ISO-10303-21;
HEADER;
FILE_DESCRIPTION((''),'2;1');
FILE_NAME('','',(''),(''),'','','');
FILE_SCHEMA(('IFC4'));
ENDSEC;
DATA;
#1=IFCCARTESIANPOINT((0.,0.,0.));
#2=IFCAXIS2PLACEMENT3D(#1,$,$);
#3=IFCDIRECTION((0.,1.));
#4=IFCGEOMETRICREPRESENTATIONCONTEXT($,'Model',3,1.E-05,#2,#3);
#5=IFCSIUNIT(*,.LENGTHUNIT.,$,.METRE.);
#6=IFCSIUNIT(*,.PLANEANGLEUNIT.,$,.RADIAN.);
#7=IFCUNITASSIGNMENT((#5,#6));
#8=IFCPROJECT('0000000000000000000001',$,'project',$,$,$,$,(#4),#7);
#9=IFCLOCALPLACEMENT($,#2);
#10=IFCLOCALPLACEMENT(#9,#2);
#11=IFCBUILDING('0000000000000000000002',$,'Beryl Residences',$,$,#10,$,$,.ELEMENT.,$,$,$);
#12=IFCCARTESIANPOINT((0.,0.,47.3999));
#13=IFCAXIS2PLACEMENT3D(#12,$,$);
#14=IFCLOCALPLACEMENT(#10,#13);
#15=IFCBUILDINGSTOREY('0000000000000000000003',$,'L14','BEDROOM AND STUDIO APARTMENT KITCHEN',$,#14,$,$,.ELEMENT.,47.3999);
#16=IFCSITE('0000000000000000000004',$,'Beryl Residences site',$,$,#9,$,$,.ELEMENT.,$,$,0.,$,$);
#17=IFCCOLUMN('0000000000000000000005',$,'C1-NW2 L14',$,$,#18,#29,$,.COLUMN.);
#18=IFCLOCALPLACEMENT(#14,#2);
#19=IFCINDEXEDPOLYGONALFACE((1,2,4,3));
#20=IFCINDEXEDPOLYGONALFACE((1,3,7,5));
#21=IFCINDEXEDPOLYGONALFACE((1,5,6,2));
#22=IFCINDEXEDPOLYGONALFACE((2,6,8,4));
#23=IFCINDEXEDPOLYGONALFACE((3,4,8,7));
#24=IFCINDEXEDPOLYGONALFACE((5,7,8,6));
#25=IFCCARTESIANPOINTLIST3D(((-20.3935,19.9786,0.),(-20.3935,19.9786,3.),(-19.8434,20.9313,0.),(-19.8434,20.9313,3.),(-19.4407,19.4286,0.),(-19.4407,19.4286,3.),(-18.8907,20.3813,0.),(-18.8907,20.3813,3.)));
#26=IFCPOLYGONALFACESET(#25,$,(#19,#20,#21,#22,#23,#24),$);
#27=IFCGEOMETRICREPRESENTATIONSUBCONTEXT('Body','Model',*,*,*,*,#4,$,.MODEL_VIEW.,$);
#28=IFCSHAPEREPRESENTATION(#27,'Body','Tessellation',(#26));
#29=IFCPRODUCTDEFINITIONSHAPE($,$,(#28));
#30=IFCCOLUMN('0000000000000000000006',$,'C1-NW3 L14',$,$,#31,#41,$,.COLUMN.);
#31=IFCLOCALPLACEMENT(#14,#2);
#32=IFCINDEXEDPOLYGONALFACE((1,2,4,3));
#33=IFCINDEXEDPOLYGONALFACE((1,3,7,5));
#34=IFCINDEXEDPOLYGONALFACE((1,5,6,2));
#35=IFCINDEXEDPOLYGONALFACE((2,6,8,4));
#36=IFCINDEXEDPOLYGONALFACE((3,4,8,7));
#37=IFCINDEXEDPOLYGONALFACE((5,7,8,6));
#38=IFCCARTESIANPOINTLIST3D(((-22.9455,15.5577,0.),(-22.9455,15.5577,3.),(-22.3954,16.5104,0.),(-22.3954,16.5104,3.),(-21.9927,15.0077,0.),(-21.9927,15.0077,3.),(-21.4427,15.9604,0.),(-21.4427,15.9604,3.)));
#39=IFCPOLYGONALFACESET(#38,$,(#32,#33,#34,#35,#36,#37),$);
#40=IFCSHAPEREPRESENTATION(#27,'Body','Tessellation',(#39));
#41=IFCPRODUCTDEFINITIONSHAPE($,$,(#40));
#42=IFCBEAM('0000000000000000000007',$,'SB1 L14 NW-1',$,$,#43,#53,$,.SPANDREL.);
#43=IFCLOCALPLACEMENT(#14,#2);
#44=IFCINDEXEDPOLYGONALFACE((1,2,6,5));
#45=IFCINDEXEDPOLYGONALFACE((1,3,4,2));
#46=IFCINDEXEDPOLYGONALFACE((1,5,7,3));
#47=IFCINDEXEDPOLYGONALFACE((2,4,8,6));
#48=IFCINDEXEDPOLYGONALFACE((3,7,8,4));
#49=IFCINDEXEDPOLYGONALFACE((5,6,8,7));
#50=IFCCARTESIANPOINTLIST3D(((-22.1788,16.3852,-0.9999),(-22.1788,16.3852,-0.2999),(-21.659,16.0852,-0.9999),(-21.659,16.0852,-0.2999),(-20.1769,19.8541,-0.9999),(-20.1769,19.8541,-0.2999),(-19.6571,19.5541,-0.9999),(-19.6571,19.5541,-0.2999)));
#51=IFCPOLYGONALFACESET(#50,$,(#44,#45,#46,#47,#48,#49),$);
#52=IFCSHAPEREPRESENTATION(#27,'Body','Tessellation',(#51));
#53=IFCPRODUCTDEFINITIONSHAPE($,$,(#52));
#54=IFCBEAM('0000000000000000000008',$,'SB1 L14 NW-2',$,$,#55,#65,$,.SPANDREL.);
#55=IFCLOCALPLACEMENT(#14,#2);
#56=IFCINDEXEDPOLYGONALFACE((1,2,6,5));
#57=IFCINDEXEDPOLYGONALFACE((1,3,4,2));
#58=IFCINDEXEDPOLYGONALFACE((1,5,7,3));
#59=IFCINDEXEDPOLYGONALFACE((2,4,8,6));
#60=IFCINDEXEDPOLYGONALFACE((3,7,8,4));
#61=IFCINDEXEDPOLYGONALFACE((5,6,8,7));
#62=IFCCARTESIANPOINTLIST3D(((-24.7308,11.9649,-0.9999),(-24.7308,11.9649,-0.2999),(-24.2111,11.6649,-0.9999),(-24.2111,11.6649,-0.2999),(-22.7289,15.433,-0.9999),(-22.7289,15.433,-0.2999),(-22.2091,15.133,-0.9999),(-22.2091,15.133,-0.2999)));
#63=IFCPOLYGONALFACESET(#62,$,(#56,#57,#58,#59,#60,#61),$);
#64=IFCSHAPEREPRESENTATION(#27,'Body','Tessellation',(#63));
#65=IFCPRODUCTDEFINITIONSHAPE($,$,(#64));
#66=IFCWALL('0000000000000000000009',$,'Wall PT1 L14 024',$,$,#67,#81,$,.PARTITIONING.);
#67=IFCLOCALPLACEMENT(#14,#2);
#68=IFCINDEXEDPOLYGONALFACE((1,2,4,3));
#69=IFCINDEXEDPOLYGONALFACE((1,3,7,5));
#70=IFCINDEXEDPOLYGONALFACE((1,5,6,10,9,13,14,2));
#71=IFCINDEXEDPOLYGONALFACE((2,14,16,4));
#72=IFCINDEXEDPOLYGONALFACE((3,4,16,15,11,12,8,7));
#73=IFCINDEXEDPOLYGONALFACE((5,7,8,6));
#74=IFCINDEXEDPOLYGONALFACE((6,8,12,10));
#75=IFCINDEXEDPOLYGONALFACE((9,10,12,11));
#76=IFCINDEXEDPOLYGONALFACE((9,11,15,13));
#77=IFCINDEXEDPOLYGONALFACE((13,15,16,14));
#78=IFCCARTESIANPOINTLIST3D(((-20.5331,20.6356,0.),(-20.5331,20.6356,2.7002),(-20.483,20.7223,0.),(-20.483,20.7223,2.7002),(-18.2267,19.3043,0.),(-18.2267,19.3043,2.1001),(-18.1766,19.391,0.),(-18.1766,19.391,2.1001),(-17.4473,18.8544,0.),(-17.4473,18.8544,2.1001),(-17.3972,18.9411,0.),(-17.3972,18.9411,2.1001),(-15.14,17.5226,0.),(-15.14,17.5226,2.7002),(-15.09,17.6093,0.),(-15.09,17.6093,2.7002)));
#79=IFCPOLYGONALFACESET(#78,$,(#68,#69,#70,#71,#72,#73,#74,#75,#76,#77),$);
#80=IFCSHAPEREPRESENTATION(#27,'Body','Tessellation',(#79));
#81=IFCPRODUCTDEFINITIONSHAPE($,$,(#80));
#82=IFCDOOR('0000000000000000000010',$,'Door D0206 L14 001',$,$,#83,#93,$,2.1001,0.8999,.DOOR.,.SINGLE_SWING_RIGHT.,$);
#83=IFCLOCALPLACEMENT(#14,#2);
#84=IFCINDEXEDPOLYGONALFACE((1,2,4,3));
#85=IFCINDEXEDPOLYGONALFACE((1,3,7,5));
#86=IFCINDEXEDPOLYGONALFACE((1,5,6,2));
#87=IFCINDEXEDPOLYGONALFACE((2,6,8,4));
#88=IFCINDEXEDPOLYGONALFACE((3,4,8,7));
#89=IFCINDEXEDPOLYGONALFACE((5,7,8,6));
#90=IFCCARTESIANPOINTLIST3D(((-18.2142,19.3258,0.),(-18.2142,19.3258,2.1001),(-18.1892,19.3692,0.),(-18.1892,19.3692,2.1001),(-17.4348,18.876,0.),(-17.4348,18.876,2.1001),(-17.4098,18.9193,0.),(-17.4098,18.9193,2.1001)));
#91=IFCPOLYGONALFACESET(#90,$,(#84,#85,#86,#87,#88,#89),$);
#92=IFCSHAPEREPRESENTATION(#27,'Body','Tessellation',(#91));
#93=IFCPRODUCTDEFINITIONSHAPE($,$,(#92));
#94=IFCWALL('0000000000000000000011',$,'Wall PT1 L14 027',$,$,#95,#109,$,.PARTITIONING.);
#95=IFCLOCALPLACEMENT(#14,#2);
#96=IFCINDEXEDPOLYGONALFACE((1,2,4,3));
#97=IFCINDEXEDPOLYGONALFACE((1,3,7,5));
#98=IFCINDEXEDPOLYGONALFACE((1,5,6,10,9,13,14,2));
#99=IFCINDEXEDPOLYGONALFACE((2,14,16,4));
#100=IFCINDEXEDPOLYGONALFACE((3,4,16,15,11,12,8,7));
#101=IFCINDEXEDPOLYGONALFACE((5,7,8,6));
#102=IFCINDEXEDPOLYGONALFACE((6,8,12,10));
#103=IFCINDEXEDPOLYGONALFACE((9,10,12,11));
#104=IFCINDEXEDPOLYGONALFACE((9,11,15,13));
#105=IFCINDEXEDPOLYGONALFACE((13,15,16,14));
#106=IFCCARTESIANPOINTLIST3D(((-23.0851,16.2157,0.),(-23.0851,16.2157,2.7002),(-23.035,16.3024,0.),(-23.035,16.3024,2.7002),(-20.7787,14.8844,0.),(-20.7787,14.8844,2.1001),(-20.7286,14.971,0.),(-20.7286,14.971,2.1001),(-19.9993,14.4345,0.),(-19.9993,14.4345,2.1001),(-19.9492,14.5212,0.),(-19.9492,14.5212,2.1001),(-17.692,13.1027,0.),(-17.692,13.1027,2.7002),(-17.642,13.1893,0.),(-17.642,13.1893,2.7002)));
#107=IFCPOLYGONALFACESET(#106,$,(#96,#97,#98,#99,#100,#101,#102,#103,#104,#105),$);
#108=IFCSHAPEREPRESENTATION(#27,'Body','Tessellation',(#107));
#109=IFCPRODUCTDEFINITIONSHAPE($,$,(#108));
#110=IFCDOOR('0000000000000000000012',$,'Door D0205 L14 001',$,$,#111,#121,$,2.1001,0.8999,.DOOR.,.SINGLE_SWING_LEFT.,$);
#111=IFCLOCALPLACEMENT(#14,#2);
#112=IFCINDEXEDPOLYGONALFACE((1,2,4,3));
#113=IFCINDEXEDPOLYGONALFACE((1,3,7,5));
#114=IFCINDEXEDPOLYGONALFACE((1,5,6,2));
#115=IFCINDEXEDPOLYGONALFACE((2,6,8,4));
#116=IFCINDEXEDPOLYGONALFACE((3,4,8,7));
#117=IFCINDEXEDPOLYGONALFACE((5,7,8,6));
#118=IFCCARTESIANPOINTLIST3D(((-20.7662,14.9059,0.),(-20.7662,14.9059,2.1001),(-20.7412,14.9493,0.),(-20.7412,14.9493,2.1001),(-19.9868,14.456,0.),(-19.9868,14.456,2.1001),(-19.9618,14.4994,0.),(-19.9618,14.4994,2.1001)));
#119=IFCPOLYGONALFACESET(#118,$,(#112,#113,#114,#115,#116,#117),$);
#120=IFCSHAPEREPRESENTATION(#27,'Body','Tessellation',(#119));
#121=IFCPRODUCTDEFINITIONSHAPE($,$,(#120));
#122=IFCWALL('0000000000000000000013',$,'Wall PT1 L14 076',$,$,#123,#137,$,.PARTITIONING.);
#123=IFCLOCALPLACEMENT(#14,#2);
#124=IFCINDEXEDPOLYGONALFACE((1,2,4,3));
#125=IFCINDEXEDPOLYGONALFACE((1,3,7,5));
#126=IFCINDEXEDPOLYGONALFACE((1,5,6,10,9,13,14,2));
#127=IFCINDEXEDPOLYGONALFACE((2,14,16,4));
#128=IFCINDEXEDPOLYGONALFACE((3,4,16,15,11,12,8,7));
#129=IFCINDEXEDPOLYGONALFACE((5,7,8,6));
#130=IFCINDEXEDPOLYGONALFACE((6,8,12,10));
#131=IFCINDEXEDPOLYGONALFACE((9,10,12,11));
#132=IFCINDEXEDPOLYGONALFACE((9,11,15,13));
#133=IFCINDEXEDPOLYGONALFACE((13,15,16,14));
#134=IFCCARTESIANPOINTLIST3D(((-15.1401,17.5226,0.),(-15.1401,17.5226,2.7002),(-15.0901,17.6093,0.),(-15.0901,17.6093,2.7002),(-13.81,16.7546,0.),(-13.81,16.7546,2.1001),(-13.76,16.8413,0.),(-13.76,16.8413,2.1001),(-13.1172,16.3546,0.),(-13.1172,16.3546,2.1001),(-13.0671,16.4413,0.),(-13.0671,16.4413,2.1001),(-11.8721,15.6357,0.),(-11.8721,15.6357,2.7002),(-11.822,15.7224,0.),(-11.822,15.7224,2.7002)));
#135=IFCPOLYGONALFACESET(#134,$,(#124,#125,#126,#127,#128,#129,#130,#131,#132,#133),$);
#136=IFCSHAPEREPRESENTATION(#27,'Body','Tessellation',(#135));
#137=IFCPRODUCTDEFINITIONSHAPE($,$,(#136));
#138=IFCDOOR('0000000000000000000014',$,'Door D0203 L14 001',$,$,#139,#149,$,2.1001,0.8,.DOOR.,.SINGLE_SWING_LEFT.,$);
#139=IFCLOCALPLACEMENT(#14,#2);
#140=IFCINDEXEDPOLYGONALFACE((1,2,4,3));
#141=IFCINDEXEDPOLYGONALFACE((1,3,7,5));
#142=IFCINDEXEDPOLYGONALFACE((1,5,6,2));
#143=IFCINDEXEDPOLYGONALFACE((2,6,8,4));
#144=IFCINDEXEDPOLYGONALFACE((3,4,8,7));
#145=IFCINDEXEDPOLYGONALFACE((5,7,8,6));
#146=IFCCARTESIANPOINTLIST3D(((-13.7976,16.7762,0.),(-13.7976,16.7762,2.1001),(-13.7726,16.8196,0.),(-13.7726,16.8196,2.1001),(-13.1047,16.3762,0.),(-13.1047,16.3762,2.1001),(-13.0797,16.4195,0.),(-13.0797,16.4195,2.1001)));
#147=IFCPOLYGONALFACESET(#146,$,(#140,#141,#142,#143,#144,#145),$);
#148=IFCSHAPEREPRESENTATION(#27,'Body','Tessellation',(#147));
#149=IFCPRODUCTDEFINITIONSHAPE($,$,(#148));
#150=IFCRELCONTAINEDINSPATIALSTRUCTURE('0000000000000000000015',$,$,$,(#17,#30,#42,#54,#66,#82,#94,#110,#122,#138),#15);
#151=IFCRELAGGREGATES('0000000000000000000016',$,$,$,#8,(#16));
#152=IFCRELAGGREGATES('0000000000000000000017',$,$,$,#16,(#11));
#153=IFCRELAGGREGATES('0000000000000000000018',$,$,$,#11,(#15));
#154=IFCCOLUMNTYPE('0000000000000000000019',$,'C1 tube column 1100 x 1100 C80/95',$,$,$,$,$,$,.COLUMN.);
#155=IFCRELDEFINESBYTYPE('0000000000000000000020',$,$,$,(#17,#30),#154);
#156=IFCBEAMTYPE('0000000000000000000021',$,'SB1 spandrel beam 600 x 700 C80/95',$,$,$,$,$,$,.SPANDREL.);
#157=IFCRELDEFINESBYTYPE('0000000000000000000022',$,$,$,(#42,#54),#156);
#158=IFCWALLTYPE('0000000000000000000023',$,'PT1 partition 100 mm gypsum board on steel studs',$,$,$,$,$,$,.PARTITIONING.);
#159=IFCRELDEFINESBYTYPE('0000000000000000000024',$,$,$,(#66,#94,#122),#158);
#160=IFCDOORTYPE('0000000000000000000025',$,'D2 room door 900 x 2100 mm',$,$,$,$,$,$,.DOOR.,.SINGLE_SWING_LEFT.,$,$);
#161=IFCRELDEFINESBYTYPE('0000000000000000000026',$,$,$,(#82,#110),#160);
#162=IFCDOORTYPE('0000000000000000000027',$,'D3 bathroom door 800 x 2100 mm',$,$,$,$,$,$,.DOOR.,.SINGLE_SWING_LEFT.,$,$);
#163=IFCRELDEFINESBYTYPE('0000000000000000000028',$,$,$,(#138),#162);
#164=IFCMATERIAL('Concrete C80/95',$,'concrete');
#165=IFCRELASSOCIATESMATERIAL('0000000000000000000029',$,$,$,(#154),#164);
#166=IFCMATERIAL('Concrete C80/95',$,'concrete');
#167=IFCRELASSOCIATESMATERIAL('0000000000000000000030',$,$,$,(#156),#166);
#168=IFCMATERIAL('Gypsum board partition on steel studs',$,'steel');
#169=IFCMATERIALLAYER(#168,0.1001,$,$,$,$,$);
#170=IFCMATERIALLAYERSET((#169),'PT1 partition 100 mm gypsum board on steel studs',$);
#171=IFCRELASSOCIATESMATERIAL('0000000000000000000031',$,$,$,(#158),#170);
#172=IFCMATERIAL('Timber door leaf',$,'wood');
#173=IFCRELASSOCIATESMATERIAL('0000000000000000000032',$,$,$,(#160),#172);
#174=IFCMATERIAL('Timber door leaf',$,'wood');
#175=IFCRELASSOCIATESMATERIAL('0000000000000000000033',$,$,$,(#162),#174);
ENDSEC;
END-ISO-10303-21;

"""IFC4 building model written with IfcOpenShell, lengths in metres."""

from ifc_helpers import new_model, si_unit, direction, frame, frame_2d, origin, origin_2d, place, context, subcontext, project, spatial, rectangle, extrude, material, layer, layer_set, material_profile, profile_set, type_object, element, fill, save


model = new_model("IFC4")

# Units and contexts
model_context = context("Model", 3, precision=1e-05, world=origin(), true_north=direction((0.0, 1.0)))
body_context = subcontext(model_context, "Body", "Model", "MODEL_VIEW")
ifc_project = project(units=[si_unit("LENGTHUNIT", "METRE"), si_unit("PLANEANGLEUNIT", "RADIAN")], contexts=[model_context])

# Site, building, storey
site_placement = place(None, origin())
site = spatial("IfcSite", under=ifc_project, at=site_placement, Name="Beryl Residences site", CompositionType="ELEMENT", RefElevation=0.0)
building_placement = place(site_placement, origin())
building = spatial("IfcBuilding", under=site, at=building_placement, Name="Beryl Residences", CompositionType="ELEMENT")
storey_placement = place(building_placement, frame((0.0, 0.0, 47.3999)))
storey = spatial("IfcBuildingStorey", under=building, at=storey_placement, Name="L14", Description="BEDROOM AND STUDIO APARTMENT KITCHEN", CompositionType="ELEMENT", Elevation=47.3999)

# Columns
ifc_material_1 = material(Name="Concrete C80/95", Category="concrete")
ifc_material_profile_1 = material_profile(ifc_material_1, rectangle(XDim=1.1001, YDim=1.1001, at=origin_2d()))
ifc_profile_set_1 = profile_set([ifc_material_profile_1], Name="Concrete C80/95")
column_type = type_object("IfcColumnType", Name="C1 tube column 1100 x 1100 C80/95", PredefinedType="COLUMN", material=ifc_profile_set_1)
for number, where, z_axis, x_axis, name in (
    (1, (-19.6421, 20.1799, 0.0), (0.0, 0.0, 1.0), (-0.499985, -0.866034, 0.0), "C1-NW2 L14"),
    (2, (-22.1941, 15.759, 0.0), (0.0, 0.0, 1.0), (-0.499985, -0.866034, 0.0), "C1-NW3 L14"),
):
    element("IfcColumn", number, at=place(storey_placement, frame(where, z_axis=z_axis, x_axis=x_axis)), inside=storey, type_object=column_type, Name=name, PredefinedType="COLUMN", context=body_context, shape_type="SweptSolid", body=[
        extrude(rectangle(XDim=1.1001, YDim=1.1001, at=origin_2d()), origin(), (0.0, 0.0, 1.0), 3.0),
    ])

# Beams
ifc_material_2 = material(Name="Concrete C80/95", Category="concrete")
ifc_material_profile_2 = material_profile(ifc_material_2, rectangle(XDim=0.6001, YDim=0.7, at=origin_2d()))
ifc_profile_set_2 = profile_set([ifc_material_profile_2], Name="Concrete C80/95")
beam_type = type_object("IfcBeamType", Name="SB1 spandrel beam 600 x 700 C80/95", PredefinedType="SPANDREL", material=ifc_profile_set_2)
beam_1_placement = place(storey_placement, frame((-19.917, 19.7041, -0.6499), z_axis=(-0.499837, -0.86612, 0.0), x_axis=(0.86612, -0.499837, 0.0)))
element("IfcBeam", 3, at=beam_1_placement, inside=storey, type_object=beam_type, Name="SB1 L14 NW-1", PredefinedType="SPANDREL", context=body_context, shape_type="SweptSolid", body=[
    extrude(rectangle(XDim=0.6001, YDim=0.7, at=origin_2d()), origin(), (0.0, 0.0, 1.0), 4.0051),
])
beam_2_placement = place(storey_placement, frame((-22.469, 15.283, -0.6499), z_axis=(-0.499942, -0.866059, 0.0), x_axis=(0.866059, -0.499942, 0.0)))
element("IfcBeam", 4, at=beam_2_placement, inside=storey, type_object=beam_type, Name="SB1 L14 NW-2", PredefinedType="SPANDREL", context=body_context, shape_type="SweptSolid", body=[
    extrude(rectangle(XDim=0.6001, YDim=0.7, at=origin_2d()), origin(), (0.0, 0.0, 1.0), 4.0044),
])

# Walls, openings, doors
ifc_material_3 = material(Name="Gypsum board partition on steel studs", Category="steel")
ifc_layer = layer(ifc_material_3, 0.1001)
ifc_layer_set = layer_set([ifc_layer], Name="PT1 partition 100 mm gypsum board on steel studs")
wall_type = type_object("IfcWallType", Name="PT1 partition 100 mm gypsum board on steel studs", PredefinedType="PARTITIONING", material=ifc_layer_set)
wall_1_placement = place(storey_placement, frame((-20.5081, 20.679, 0.0), z_axis=(0.0, 0.0, 1.0), x_axis=(0.866071, -0.499922, 0.0)))
wall_1 = element("IfcWall", 5, at=wall_1_placement, inside=storey, type_object=wall_type, Name="Wall PT1 L14 024", PredefinedType="PARTITIONING", context=body_context, shape_type="SweptSolid", body=[
    extrude(rectangle(XDim=6.2271, YDim=0.1001, at=frame_2d((3.1135, 0.0))), origin(), (0.0, 0.0, 1.0), 2.7002),
])
opening_1_placement = place(wall_1_placement, frame((2.6631, 0.0, 0.0)))
opening_1 = element("IfcOpeningElement", 6, at=opening_1_placement, cuts=wall_1, PredefinedType="OPENING", context=body_context, shape_type="SweptSolid", body=[
    extrude(rectangle(XDim=0.8999, YDim=2.1001, at=frame_2d((0.45, 1.05))), frame((0.0, 0.0601, 0.0), z_axis=(0.0, -1.0, 0.0), x_axis=(1.0, 0.0, 0.0)), (0.0, 0.0, 1.0), 0.1201),
])
ifc_material_4 = material(Name="Timber door leaf", Category="wood")
door_type_1 = type_object("IfcDoorType", Name="D2 room door 900 x 2100 mm", OperationType="SINGLE_SWING_LEFT", PredefinedType="DOOR", material=ifc_material_4)
door_1_placement = place(opening_1_placement, origin())
door_1 = element("IfcDoor", 7, at=door_1_placement, inside=storey, type_object=door_type_1, Name="Door D0206 L14 001", OperationType="SINGLE_SWING_RIGHT", OverallHeight=2.1001, OverallWidth=0.8999, PredefinedType="DOOR", context=body_context, shape_type="SweptSolid", body=[
    extrude(rectangle(XDim=0.8999, YDim=2.1001, at=frame_2d((0.45, 1.05))), frame((0.0, 0.0249, 0.0), z_axis=(0.0, -1.0, 0.0), x_axis=(1.0, 0.0, 0.0)), (0.0, 0.0, 1.0), 0.05),
])
fill(opening_1, door_1)
wall_2_placement = place(storey_placement, frame((-23.0601, 16.259, 0.0), z_axis=(0.0, 0.0, 1.0), x_axis=(0.866071, -0.499922, 0.0)))
wall_2 = element("IfcWall", 8, at=wall_2_placement, inside=storey, type_object=wall_type, Name="Wall PT1 L14 027", PredefinedType="PARTITIONING", context=body_context, shape_type="SweptSolid", body=[
    extrude(rectangle(XDim=6.2271, YDim=0.1001, at=frame_2d((3.1135, 0.0))), origin(), (0.0, 0.0, 1.0), 2.7002),
])
opening_2_placement = place(wall_2_placement, frame((2.6631, 0.0, 0.0)))
opening_2 = element("IfcOpeningElement", 9, at=opening_2_placement, cuts=wall_2, PredefinedType="OPENING", context=body_context, shape_type="SweptSolid", body=[
    extrude(rectangle(XDim=0.8999, YDim=2.1001, at=frame_2d((0.45, 1.05))), frame((0.0, 0.0601, 0.0), z_axis=(0.0, -1.0, 0.0), x_axis=(1.0, 0.0, 0.0)), (0.0, 0.0, 1.0), 0.1201),
])
door_2_placement = place(opening_2_placement, origin())
door_2 = element("IfcDoor", 10, at=door_2_placement, inside=storey, type_object=door_type_1, Name="Door D0205 L14 001", OperationType="SINGLE_SWING_LEFT", OverallHeight=2.1001, OverallWidth=0.8999, PredefinedType="DOOR", context=body_context, shape_type="SweptSolid", body=[
    extrude(rectangle(XDim=0.8999, YDim=2.1001, at=frame_2d((0.45, 1.05))), frame((0.0, 0.0249, 0.0), z_axis=(0.0, -1.0, 0.0), x_axis=(1.0, 0.0, 0.0)), (0.0, 0.0, 1.0), 0.05),
])
fill(opening_2, door_2)
wall_3_placement = place(storey_placement, frame((-15.115, 17.5659, 0.0), z_axis=(0.0, 0.0, 1.0), x_axis=(0.866009, -0.500029, 0.0)))
wall_3 = element("IfcWall", 11, at=wall_3_placement, inside=storey, type_object=wall_type, Name="Wall PT1 L14 076", PredefinedType="PARTITIONING", context=body_context, shape_type="SweptSolid", body=[
    extrude(rectangle(XDim=3.7737, YDim=0.1001, at=frame_2d((1.8867, 0.0))), origin(), (0.0, 0.0, 1.0), 2.7002),
])
opening_3_placement = place(wall_3_placement, frame((1.5359, 0.0, 0.0)))
opening_3 = element("IfcOpeningElement", 12, at=opening_3_placement, cuts=wall_3, PredefinedType="OPENING", context=body_context, shape_type="SweptSolid", body=[
    extrude(rectangle(XDim=0.8, YDim=2.1001, at=frame_2d((0.3999, 1.05))), frame((0.0, 0.0601, 0.0), z_axis=(0.0, -1.0, 0.0), x_axis=(1.0, 0.0, 0.0)), (0.0, 0.0, 1.0), 0.1201),
])
ifc_material_5 = material(Name="Timber door leaf", Category="wood")
door_type_2 = type_object("IfcDoorType", Name="D3 bathroom door 800 x 2100 mm", OperationType="SINGLE_SWING_LEFT", PredefinedType="DOOR", material=ifc_material_5)
door_3_placement = place(opening_3_placement, origin())
door_3 = element("IfcDoor", 13, at=door_3_placement, inside=storey, type_object=door_type_2, Name="Door D0203 L14 001", OperationType="SINGLE_SWING_LEFT", OverallHeight=2.1001, OverallWidth=0.8, PredefinedType="DOOR", context=body_context, shape_type="SweptSolid", body=[
    extrude(rectangle(XDim=0.8, YDim=2.1001, at=frame_2d((0.3999, 1.05))), frame((0.0, 0.0249, 0.0), z_axis=(0.0, -1.0, 0.0), x_axis=(1.0, 0.0, 0.0)), (0.0, 0.0, 1.0), 0.05),
])
fill(opening_3, door_3)

save(model, "model.ifc")
